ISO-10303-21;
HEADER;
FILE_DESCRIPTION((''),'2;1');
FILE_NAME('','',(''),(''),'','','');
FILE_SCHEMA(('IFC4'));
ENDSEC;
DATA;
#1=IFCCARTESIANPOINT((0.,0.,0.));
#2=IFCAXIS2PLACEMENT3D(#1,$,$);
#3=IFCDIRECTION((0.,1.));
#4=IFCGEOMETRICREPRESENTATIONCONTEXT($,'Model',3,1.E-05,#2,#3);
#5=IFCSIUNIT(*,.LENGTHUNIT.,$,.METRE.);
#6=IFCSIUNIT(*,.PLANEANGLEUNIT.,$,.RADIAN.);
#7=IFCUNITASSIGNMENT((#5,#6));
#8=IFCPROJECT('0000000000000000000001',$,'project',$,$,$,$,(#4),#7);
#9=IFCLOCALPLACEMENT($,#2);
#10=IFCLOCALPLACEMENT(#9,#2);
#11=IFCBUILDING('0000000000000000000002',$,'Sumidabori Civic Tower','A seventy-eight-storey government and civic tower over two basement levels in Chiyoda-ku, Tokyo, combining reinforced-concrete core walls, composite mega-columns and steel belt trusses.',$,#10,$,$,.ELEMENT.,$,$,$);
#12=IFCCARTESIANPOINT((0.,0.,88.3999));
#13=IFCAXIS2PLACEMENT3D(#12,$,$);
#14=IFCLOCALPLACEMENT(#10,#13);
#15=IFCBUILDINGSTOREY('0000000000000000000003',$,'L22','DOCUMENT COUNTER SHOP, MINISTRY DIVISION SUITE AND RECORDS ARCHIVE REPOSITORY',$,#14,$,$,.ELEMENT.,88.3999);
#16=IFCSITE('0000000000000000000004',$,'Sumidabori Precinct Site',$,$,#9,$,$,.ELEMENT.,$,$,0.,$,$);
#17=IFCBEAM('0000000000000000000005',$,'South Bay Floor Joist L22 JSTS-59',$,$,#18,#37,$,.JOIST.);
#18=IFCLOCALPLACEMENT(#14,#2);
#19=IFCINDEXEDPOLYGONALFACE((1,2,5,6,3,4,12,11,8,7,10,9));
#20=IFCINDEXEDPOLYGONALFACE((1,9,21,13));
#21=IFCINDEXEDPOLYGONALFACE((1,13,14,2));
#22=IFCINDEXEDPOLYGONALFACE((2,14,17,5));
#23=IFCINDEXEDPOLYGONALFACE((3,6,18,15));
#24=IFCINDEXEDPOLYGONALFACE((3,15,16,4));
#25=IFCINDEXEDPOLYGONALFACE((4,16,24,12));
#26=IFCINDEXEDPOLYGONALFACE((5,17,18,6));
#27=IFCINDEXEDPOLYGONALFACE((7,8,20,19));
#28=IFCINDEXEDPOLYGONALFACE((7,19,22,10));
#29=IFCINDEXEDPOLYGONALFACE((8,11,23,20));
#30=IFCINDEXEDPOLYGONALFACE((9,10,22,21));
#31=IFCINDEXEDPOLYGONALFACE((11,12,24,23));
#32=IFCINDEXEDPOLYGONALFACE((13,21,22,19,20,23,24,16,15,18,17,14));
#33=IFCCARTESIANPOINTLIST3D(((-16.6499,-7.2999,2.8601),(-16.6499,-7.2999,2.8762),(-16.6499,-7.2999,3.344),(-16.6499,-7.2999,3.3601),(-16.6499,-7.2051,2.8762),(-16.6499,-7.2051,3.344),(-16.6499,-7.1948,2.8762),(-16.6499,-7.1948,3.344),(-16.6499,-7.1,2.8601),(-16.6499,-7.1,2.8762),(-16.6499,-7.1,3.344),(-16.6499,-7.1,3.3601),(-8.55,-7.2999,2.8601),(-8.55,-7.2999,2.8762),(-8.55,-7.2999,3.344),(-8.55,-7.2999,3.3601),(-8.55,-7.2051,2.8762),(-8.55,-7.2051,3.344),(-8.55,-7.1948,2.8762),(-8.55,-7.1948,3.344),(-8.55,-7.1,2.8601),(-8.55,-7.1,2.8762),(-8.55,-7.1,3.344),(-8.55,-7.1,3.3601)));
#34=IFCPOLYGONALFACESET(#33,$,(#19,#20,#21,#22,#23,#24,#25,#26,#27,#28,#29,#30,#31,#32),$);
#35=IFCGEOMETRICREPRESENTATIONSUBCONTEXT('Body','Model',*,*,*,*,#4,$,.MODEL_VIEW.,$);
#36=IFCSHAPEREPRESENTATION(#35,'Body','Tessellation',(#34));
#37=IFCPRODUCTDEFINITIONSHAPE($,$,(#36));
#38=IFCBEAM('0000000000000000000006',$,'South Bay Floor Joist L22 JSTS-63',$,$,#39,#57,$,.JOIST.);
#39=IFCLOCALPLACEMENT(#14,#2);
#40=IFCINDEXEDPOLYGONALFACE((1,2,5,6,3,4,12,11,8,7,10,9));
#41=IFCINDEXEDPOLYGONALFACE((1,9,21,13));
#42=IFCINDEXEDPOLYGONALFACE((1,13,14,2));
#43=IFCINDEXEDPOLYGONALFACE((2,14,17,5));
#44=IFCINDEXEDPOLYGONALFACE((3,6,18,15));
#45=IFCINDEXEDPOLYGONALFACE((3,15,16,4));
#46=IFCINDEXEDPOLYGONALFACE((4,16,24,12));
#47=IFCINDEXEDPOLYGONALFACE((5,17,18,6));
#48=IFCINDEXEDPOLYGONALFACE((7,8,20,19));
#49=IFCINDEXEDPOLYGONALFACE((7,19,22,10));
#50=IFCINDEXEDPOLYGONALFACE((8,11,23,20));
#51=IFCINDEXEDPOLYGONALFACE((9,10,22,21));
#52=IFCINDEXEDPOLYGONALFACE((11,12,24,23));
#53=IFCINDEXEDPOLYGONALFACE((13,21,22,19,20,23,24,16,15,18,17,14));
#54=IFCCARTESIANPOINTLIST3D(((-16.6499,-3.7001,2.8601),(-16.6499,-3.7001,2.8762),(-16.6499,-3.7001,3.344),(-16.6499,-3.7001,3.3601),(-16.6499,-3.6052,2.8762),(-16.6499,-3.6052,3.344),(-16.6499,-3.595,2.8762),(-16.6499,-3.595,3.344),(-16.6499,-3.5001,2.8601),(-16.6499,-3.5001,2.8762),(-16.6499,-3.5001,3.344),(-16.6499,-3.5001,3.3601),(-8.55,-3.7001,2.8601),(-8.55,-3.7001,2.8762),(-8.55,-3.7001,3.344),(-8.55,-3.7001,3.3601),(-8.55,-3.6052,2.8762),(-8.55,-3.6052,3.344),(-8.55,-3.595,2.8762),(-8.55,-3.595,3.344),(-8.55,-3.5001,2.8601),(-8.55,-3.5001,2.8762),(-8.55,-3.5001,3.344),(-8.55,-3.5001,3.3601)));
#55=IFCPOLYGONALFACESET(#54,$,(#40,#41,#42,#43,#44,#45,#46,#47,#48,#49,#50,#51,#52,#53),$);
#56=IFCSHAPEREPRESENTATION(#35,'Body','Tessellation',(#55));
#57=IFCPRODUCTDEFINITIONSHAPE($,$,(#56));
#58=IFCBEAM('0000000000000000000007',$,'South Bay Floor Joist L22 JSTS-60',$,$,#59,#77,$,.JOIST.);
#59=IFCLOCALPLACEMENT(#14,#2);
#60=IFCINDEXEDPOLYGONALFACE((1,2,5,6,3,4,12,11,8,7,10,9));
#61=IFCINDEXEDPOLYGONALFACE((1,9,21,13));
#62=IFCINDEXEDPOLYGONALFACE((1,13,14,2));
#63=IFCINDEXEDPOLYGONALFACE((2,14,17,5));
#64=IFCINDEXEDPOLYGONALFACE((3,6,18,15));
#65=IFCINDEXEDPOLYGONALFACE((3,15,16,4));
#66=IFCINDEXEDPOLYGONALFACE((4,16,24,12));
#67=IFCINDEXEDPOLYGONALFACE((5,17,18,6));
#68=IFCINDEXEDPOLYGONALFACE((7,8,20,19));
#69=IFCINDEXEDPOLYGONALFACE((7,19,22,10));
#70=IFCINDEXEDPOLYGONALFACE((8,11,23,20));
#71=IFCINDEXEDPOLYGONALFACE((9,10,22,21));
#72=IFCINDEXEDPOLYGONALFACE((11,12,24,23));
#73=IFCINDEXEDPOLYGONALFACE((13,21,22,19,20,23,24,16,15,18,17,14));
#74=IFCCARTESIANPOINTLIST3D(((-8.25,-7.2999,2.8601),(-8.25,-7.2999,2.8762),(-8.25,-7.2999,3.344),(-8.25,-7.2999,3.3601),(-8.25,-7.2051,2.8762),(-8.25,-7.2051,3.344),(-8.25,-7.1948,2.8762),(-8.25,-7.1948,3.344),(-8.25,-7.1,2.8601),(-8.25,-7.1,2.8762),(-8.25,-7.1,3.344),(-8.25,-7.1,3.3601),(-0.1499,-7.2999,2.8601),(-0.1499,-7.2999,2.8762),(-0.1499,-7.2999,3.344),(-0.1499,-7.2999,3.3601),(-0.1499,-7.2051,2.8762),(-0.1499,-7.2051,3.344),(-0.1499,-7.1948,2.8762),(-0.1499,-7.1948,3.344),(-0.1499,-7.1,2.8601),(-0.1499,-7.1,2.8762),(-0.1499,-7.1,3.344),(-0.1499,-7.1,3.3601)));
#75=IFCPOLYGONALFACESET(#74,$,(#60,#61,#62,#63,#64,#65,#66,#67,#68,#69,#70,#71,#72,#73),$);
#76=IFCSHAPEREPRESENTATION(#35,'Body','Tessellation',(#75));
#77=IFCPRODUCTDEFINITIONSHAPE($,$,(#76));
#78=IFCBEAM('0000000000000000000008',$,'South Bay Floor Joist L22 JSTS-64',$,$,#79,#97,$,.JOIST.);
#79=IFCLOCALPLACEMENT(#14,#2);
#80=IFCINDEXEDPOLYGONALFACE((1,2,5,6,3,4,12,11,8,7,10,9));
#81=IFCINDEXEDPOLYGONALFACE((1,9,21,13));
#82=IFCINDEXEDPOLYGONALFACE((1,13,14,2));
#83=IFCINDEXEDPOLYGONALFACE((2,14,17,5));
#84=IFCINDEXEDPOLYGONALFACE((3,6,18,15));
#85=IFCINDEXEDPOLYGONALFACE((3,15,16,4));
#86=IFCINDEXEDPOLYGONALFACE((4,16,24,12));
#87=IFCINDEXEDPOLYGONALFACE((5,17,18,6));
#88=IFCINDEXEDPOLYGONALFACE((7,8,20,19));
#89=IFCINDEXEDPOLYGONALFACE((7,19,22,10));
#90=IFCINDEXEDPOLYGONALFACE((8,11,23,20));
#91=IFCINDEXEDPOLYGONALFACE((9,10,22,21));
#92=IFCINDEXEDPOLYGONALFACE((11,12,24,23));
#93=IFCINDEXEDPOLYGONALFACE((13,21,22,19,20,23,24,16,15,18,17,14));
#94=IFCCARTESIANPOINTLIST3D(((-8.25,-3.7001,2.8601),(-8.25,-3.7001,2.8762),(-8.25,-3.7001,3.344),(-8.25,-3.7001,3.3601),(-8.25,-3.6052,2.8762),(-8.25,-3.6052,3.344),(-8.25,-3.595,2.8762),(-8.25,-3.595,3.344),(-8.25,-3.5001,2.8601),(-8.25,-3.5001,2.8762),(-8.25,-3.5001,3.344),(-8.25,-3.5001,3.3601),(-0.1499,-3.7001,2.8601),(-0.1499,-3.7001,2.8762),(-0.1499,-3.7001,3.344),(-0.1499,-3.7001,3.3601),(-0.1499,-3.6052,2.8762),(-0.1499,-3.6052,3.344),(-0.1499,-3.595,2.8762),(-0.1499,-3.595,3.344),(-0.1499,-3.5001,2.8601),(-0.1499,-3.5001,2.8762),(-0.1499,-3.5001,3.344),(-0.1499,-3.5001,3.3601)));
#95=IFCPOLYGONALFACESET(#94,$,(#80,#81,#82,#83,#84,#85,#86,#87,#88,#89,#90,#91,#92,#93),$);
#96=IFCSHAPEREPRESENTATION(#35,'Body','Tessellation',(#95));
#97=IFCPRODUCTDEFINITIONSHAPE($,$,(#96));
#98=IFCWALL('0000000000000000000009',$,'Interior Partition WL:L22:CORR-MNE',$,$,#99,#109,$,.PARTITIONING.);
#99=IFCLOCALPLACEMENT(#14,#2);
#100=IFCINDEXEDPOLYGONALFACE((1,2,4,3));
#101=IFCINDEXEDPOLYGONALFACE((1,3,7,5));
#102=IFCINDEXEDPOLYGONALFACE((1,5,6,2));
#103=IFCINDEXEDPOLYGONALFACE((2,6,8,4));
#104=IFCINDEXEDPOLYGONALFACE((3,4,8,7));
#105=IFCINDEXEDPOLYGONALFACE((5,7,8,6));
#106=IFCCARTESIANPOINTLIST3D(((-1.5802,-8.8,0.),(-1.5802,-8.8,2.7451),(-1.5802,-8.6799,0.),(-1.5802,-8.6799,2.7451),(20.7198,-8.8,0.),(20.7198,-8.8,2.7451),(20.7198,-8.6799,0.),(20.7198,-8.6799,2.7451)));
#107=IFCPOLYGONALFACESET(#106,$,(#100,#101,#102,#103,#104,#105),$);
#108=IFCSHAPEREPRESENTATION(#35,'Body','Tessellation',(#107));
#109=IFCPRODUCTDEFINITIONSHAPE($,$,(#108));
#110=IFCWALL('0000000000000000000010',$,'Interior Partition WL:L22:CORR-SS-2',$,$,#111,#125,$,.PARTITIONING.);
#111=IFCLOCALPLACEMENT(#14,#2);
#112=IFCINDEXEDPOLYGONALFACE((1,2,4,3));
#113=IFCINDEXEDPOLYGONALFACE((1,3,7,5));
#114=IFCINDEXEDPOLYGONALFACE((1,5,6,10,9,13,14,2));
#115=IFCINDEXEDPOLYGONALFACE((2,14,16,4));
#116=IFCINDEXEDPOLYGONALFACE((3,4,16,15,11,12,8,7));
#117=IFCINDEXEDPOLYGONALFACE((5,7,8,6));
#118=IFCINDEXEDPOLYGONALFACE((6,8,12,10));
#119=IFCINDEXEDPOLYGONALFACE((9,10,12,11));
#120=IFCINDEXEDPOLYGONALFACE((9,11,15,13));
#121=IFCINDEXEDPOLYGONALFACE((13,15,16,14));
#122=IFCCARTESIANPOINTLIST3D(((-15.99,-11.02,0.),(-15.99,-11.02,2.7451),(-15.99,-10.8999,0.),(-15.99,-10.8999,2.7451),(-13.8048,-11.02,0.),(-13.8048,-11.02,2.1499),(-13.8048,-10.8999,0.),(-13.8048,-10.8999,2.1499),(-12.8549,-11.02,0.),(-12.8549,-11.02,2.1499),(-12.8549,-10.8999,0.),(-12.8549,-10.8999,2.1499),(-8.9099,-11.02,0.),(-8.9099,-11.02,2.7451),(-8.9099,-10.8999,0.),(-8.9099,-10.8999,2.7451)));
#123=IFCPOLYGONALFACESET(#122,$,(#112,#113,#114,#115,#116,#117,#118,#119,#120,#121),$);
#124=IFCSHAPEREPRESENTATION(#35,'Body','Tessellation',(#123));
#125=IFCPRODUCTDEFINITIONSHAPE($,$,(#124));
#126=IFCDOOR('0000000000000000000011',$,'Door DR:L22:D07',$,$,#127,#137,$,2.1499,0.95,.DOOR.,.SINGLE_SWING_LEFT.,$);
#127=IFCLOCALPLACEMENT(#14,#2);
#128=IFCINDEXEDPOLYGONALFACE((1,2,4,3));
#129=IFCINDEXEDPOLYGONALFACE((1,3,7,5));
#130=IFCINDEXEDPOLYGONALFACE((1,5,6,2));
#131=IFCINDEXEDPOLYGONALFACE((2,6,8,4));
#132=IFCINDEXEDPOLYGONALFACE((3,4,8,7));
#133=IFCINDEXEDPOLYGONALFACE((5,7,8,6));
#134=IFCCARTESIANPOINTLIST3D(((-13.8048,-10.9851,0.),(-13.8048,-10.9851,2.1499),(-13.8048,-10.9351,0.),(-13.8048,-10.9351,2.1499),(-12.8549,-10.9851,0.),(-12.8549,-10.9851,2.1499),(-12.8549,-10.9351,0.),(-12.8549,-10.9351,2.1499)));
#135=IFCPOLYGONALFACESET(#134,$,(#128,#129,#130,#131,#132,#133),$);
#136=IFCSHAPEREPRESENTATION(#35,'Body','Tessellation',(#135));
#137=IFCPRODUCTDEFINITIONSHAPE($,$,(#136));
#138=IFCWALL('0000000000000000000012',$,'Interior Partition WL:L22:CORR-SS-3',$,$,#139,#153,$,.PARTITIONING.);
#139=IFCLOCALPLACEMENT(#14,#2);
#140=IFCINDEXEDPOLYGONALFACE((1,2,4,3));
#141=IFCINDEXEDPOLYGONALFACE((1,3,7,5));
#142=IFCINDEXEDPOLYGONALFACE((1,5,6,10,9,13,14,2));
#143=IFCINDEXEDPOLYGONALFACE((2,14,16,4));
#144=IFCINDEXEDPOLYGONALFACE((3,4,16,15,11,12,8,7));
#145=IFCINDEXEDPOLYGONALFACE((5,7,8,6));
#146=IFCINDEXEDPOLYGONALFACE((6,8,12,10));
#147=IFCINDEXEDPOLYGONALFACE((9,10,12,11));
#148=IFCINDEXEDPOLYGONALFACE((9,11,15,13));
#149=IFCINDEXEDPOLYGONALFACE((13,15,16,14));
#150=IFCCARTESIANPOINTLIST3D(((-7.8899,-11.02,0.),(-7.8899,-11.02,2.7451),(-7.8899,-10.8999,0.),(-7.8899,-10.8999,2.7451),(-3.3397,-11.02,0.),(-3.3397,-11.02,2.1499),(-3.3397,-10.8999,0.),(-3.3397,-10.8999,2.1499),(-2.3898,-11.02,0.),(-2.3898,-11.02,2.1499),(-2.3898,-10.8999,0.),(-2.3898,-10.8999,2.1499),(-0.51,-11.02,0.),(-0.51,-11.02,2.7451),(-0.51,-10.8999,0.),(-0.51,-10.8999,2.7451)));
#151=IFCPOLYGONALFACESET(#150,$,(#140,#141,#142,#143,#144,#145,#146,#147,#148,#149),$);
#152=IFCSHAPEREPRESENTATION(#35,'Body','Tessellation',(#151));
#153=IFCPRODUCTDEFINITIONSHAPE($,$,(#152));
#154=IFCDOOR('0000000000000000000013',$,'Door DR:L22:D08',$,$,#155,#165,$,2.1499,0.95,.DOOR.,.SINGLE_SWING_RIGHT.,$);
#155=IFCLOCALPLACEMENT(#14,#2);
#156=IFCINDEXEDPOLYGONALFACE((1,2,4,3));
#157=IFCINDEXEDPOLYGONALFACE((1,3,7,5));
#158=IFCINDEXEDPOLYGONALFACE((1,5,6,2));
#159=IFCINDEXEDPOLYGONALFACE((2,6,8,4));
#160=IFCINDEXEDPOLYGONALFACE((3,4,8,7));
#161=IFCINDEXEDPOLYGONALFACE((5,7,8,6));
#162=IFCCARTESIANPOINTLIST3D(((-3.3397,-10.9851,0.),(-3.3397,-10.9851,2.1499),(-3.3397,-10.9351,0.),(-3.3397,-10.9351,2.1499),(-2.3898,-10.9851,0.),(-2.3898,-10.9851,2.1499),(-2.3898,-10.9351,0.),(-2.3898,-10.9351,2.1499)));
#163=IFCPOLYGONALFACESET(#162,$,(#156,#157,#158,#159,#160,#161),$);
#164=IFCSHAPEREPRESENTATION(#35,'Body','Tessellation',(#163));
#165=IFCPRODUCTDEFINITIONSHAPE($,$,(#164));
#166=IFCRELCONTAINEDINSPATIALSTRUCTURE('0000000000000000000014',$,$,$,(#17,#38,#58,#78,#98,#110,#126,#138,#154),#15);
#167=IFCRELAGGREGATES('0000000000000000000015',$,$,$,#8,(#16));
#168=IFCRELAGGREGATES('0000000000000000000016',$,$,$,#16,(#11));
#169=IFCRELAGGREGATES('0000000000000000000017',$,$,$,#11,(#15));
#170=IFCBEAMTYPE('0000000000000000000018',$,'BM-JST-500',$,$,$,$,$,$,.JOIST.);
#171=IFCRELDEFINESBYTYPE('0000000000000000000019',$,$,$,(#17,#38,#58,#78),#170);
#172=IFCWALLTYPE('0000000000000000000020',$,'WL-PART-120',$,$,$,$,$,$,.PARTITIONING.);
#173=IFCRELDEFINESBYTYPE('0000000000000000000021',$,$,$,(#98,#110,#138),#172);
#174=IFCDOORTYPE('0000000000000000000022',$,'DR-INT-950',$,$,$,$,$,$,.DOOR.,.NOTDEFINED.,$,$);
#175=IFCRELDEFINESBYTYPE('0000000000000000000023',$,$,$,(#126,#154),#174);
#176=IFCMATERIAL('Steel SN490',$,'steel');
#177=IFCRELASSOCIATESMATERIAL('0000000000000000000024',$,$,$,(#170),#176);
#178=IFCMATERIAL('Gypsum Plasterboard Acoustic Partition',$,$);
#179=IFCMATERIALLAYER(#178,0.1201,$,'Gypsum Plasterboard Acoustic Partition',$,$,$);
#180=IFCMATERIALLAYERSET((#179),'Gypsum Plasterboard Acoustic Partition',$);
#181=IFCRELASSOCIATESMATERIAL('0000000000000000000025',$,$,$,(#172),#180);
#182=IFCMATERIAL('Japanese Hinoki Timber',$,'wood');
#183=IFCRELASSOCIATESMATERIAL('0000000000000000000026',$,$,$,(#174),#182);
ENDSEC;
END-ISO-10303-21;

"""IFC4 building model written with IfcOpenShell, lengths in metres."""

from ifc_helpers import new_model, si_unit, direction, frame, frame_2d, origin, origin_2d, place, context, subcontext, project, spatial, rectangle, i_section, extrude, source, transform, mapped, material, layer, layer_set, material_profile, profile_set, type_object, element, fill, save


model = new_model("IFC4")

# Units and contexts
model_context = context("Model", 3, precision=1e-05, world=origin(), true_north=direction((0.0, 1.0)))
body_context = subcontext(model_context, "Body", "Model", "MODEL_VIEW")
ifc_project = project(units=[si_unit("LENGTHUNIT", "METRE"), si_unit("PLANEANGLEUNIT", "RADIAN")], contexts=[model_context])

# Site, building, storey
site_placement = place(None, origin())
site = spatial("IfcSite", under=ifc_project, at=site_placement, Name="Sumidabori Precinct Site", CompositionType="ELEMENT", RefElevation=0.0)
building_placement = place(site_placement, origin())
building = spatial("IfcBuilding", under=site, at=building_placement, Name="Sumidabori Civic Tower", Description="A seventy-eight-storey government and civic tower over two basement levels in Chiyoda-ku, Tokyo, combining reinforced-concrete core walls, composite mega-columns and steel belt trusses.", CompositionType="ELEMENT")
storey_placement = place(building_placement, frame((0.0, 0.0, 88.3999)))
storey = spatial("IfcBuildingStorey", under=building, at=storey_placement, Name="L22", Description="DOCUMENT COUNTER SHOP, MINISTRY DIVISION SUITE AND RECORDS ARCHIVE REPOSITORY", CompositionType="ELEMENT", Elevation=88.3999)

# Beams
ifc_material_1 = material(Name="Steel SN490", Category="steel")
ifc_material_profile_1 = material_profile(ifc_material_1, i_section(OverallWidth=0.2, OverallDepth=0.5, WebThickness=0.0103, FlangeThickness=0.0161, at=origin_2d()), Name="IPE 500")
ifc_profile_set_1 = profile_set([ifc_material_profile_1], Name="Steel SN490")
beam_type_1 = type_object("IfcBeamType", Name="BM-JST-500", PredefinedType="JOIST", material=ifc_profile_set_1)
shared_shape_1 = source(origin(), body_context, "Body", "SweptSolid", [
    extrude(i_section(OverallWidth=0.2, OverallDepth=0.5, WebThickness=0.0103, FlangeThickness=0.0161, at=origin_2d()), origin(), (0.0, 0.0, 1.0), 8.0999),
])
for number, where, z_axis, x_axis, name in (
    (1, (-16.6499, -7.2, 3.1101), (1.0, 0.0, 0.0), (0.0, 1.0, 0.0), "South Bay Floor Joist L22 JSTS-59"),
    (2, (-16.6499, -3.6001, 3.1101), (1.0, 0.0, 0.0), (0.0, 1.0, 0.0), "South Bay Floor Joist L22 JSTS-63"),
):
    element("IfcBeam", number, at=place(storey_placement, frame(where, z_axis=z_axis, x_axis=x_axis)), inside=storey, type_object=beam_type_1, Name=name, PredefinedType="JOIST", context=body_context, shape_type="MappedRepresentation", body=[
        mapped(shared_shape_1, transform((0.0, 0.0, 0.0), x_axis=(1.0, 0.0, 0.0), y_axis=(0.0, 1.0, 0.0), z_axis=(0.0, 0.0, 1.0), scale=1.0)),
    ])
shared_shape_2 = source(origin(), body_context, "Body", "SweptSolid", [
    extrude(i_section(OverallWidth=0.2, OverallDepth=0.5, WebThickness=0.0103, FlangeThickness=0.0161, at=origin_2d()), origin(), (0.0, 0.0, 1.0), 8.1001),
])
for number, where, z_axis, x_axis, name in (
    (3, (-8.25, -7.2, 3.1101), (1.0, 0.0, 0.0), (0.0, 1.0, 0.0), "South Bay Floor Joist L22 JSTS-60"),
    (4, (-8.25, -3.6001, 3.1101), (1.0, 0.0, 0.0), (0.0, 1.0, 0.0), "South Bay Floor Joist L22 JSTS-64"),
):
    element("IfcBeam", number, at=place(storey_placement, frame(where, z_axis=z_axis, x_axis=x_axis)), inside=storey, type_object=beam_type_1, Name=name, PredefinedType="JOIST", context=body_context, shape_type="MappedRepresentation", body=[
        mapped(shared_shape_2, transform((0.0, 0.0, 0.0), x_axis=(1.0, 0.0, 0.0), y_axis=(0.0, 1.0, 0.0), z_axis=(0.0, 0.0, 1.0), scale=1.0)),
    ])

# Wall
ifc_material_2 = material(Name="Gypsum Plasterboard Acoustic Partition")
ifc_layer = layer(ifc_material_2, 0.1201, Name="Gypsum Plasterboard Acoustic Partition")
ifc_layer_set = layer_set([ifc_layer], Name="Gypsum Plasterboard Acoustic Partition")
wall_type = type_object("IfcWallType", Name="WL-PART-120", PredefinedType="PARTITIONING", material=ifc_layer_set)
shared_shape_3 = source(origin(), body_context, "Body", "SweptSolid", [
    extrude(rectangle(XDim=22.3, YDim=0.1201, at=frame_2d((11.1499, 0.0))), origin(), (0.0, 0.0, 1.0), 2.7451),
])
wall_1_placement = place(storey_placement, frame((-1.5801, -8.74, 0.0), z_axis=(0.0, 0.0, 1.0), x_axis=(1.0, 0.0, 0.0)))
element("IfcWall", 5, at=wall_1_placement, inside=storey, type_object=wall_type, Name="Interior Partition WL:L22:CORR-MNE", PredefinedType="PARTITIONING", context=body_context, shape_type="MappedRepresentation", body=[
    mapped(shared_shape_3, transform((0.0, 0.0, 0.0), x_axis=(1.0, 0.0, 0.0), y_axis=(0.0, 1.0, 0.0), z_axis=(0.0, 0.0, 1.0), scale=1.0)),
])

# Walls, openings, doors
shared_shape_4 = source(origin(), body_context, "Body", "SweptSolid", [
    extrude(rectangle(XDim=7.0801, YDim=0.1201, at=frame_2d((3.54, 0.0))), origin(), (0.0, 0.0, 1.0), 2.7451),
])
wall_2_placement = place(storey_placement, frame((-15.99, -10.96, 0.0), z_axis=(0.0, 0.0, 1.0), x_axis=(1.0, 0.0, 0.0)))
wall_2 = element("IfcWall", 6, at=wall_2_placement, inside=storey, type_object=wall_type, Name="Interior Partition WL:L22:CORR-SS-2", PredefinedType="PARTITIONING", context=body_context, shape_type="MappedRepresentation", body=[
    mapped(shared_shape_4, transform((0.0, 0.0, 0.0), x_axis=(1.0, 0.0, 0.0), y_axis=(0.0, 1.0, 0.0), z_axis=(0.0, 0.0, 1.0), scale=1.0)),
])
opening_1_placement = place(wall_2_placement, frame((2.1851, 0.0, 0.0)))
opening_1 = element("IfcOpeningElement", 7, at=opening_1_placement, cuts=wall_2, PredefinedType="OPENING", context=body_context, shape_type="SweptSolid", body=[
    extrude(rectangle(XDim=0.95, YDim=2.1499, at=frame_2d((0.4751, 1.075))), frame((0.0, 0.072, 0.0), z_axis=(0.0, -1.0, 0.0), x_axis=(1.0, 0.0, 0.0)), (0.0, 0.0, 1.0), 0.144),
])
ifc_material_3 = material(Name="Japanese Hinoki Timber", Category="wood")
door_type = type_object("IfcDoorType", Name="DR-INT-950", OperationType="NOTDEFINED", PredefinedType="DOOR", material=ifc_material_3)
shared_shape_5 = source(origin(), body_context, "Body", "SweptSolid", [
    extrude(rectangle(XDim=0.95, YDim=2.1499, at=frame_2d((0.4751, 1.075))), frame((0.0, 0.0249, 0.0), z_axis=(0.0, -1.0, 0.0), x_axis=(1.0, 0.0, 0.0)), (0.0, 0.0, 1.0), 0.05),
])
door_1_placement = place(opening_1_placement, origin())
door_1 = element("IfcDoor", 8, at=door_1_placement, inside=storey, type_object=door_type, Name="Door DR:L22:D07", OperationType="SINGLE_SWING_LEFT", OverallHeight=2.1499, OverallWidth=0.95, PredefinedType="DOOR", context=body_context, shape_type="MappedRepresentation", body=[
    mapped(shared_shape_5, transform((0.0, 0.0, 0.0), x_axis=(1.0, 0.0, 0.0), y_axis=(0.0, 1.0, 0.0), z_axis=(0.0, 0.0, 1.0), scale=1.0)),
])
fill(opening_1, door_1)
shared_shape_6 = source(origin(), body_context, "Body", "SweptSolid", [
    extrude(rectangle(XDim=7.3799, YDim=0.1201, at=frame_2d((3.6899, 0.0))), origin(), (0.0, 0.0, 1.0), 2.7451),
])
wall_3_placement = place(storey_placement, frame((-7.8899, -10.96, 0.0), z_axis=(0.0, 0.0, 1.0), x_axis=(1.0, 0.0, 0.0)))
wall_3 = element("IfcWall", 9, at=wall_3_placement, inside=storey, type_object=wall_type, Name="Interior Partition WL:L22:CORR-SS-3", PredefinedType="PARTITIONING", context=body_context, shape_type="MappedRepresentation", body=[
    mapped(shared_shape_6, transform((0.0, 0.0, 0.0), x_axis=(1.0, 0.0, 0.0), y_axis=(0.0, 1.0, 0.0), z_axis=(0.0, 0.0, 1.0), scale=1.0)),
])
opening_2_placement = place(wall_3_placement, frame((4.55, 0.0, 0.0)))
opening_2 = element("IfcOpeningElement", 10, at=opening_2_placement, cuts=wall_3, PredefinedType="OPENING", context=body_context, shape_type="SweptSolid", body=[
    extrude(rectangle(XDim=0.95, YDim=2.1499, at=frame_2d((0.4751, 1.075))), frame((0.0, 0.072, 0.0), z_axis=(0.0, -1.0, 0.0), x_axis=(1.0, 0.0, 0.0)), (0.0, 0.0, 1.0), 0.144),
])
door_2_placement = place(opening_2_placement, origin())
door_2 = element("IfcDoor", 11, at=door_2_placement, inside=storey, type_object=door_type, Name="Door DR:L22:D08", OperationType="SINGLE_SWING_RIGHT", OverallHeight=2.1499, OverallWidth=0.95, PredefinedType="DOOR", context=body_context, shape_type="MappedRepresentation", body=[
    mapped(shared_shape_5, transform((0.0, 0.0, 0.0), x_axis=(1.0, 0.0, 0.0), y_axis=(0.0, 1.0, 0.0), z_axis=(0.0, 0.0, 1.0), scale=1.0)),
])
fill(opening_2, door_2)

save(model, "model.ifc")
